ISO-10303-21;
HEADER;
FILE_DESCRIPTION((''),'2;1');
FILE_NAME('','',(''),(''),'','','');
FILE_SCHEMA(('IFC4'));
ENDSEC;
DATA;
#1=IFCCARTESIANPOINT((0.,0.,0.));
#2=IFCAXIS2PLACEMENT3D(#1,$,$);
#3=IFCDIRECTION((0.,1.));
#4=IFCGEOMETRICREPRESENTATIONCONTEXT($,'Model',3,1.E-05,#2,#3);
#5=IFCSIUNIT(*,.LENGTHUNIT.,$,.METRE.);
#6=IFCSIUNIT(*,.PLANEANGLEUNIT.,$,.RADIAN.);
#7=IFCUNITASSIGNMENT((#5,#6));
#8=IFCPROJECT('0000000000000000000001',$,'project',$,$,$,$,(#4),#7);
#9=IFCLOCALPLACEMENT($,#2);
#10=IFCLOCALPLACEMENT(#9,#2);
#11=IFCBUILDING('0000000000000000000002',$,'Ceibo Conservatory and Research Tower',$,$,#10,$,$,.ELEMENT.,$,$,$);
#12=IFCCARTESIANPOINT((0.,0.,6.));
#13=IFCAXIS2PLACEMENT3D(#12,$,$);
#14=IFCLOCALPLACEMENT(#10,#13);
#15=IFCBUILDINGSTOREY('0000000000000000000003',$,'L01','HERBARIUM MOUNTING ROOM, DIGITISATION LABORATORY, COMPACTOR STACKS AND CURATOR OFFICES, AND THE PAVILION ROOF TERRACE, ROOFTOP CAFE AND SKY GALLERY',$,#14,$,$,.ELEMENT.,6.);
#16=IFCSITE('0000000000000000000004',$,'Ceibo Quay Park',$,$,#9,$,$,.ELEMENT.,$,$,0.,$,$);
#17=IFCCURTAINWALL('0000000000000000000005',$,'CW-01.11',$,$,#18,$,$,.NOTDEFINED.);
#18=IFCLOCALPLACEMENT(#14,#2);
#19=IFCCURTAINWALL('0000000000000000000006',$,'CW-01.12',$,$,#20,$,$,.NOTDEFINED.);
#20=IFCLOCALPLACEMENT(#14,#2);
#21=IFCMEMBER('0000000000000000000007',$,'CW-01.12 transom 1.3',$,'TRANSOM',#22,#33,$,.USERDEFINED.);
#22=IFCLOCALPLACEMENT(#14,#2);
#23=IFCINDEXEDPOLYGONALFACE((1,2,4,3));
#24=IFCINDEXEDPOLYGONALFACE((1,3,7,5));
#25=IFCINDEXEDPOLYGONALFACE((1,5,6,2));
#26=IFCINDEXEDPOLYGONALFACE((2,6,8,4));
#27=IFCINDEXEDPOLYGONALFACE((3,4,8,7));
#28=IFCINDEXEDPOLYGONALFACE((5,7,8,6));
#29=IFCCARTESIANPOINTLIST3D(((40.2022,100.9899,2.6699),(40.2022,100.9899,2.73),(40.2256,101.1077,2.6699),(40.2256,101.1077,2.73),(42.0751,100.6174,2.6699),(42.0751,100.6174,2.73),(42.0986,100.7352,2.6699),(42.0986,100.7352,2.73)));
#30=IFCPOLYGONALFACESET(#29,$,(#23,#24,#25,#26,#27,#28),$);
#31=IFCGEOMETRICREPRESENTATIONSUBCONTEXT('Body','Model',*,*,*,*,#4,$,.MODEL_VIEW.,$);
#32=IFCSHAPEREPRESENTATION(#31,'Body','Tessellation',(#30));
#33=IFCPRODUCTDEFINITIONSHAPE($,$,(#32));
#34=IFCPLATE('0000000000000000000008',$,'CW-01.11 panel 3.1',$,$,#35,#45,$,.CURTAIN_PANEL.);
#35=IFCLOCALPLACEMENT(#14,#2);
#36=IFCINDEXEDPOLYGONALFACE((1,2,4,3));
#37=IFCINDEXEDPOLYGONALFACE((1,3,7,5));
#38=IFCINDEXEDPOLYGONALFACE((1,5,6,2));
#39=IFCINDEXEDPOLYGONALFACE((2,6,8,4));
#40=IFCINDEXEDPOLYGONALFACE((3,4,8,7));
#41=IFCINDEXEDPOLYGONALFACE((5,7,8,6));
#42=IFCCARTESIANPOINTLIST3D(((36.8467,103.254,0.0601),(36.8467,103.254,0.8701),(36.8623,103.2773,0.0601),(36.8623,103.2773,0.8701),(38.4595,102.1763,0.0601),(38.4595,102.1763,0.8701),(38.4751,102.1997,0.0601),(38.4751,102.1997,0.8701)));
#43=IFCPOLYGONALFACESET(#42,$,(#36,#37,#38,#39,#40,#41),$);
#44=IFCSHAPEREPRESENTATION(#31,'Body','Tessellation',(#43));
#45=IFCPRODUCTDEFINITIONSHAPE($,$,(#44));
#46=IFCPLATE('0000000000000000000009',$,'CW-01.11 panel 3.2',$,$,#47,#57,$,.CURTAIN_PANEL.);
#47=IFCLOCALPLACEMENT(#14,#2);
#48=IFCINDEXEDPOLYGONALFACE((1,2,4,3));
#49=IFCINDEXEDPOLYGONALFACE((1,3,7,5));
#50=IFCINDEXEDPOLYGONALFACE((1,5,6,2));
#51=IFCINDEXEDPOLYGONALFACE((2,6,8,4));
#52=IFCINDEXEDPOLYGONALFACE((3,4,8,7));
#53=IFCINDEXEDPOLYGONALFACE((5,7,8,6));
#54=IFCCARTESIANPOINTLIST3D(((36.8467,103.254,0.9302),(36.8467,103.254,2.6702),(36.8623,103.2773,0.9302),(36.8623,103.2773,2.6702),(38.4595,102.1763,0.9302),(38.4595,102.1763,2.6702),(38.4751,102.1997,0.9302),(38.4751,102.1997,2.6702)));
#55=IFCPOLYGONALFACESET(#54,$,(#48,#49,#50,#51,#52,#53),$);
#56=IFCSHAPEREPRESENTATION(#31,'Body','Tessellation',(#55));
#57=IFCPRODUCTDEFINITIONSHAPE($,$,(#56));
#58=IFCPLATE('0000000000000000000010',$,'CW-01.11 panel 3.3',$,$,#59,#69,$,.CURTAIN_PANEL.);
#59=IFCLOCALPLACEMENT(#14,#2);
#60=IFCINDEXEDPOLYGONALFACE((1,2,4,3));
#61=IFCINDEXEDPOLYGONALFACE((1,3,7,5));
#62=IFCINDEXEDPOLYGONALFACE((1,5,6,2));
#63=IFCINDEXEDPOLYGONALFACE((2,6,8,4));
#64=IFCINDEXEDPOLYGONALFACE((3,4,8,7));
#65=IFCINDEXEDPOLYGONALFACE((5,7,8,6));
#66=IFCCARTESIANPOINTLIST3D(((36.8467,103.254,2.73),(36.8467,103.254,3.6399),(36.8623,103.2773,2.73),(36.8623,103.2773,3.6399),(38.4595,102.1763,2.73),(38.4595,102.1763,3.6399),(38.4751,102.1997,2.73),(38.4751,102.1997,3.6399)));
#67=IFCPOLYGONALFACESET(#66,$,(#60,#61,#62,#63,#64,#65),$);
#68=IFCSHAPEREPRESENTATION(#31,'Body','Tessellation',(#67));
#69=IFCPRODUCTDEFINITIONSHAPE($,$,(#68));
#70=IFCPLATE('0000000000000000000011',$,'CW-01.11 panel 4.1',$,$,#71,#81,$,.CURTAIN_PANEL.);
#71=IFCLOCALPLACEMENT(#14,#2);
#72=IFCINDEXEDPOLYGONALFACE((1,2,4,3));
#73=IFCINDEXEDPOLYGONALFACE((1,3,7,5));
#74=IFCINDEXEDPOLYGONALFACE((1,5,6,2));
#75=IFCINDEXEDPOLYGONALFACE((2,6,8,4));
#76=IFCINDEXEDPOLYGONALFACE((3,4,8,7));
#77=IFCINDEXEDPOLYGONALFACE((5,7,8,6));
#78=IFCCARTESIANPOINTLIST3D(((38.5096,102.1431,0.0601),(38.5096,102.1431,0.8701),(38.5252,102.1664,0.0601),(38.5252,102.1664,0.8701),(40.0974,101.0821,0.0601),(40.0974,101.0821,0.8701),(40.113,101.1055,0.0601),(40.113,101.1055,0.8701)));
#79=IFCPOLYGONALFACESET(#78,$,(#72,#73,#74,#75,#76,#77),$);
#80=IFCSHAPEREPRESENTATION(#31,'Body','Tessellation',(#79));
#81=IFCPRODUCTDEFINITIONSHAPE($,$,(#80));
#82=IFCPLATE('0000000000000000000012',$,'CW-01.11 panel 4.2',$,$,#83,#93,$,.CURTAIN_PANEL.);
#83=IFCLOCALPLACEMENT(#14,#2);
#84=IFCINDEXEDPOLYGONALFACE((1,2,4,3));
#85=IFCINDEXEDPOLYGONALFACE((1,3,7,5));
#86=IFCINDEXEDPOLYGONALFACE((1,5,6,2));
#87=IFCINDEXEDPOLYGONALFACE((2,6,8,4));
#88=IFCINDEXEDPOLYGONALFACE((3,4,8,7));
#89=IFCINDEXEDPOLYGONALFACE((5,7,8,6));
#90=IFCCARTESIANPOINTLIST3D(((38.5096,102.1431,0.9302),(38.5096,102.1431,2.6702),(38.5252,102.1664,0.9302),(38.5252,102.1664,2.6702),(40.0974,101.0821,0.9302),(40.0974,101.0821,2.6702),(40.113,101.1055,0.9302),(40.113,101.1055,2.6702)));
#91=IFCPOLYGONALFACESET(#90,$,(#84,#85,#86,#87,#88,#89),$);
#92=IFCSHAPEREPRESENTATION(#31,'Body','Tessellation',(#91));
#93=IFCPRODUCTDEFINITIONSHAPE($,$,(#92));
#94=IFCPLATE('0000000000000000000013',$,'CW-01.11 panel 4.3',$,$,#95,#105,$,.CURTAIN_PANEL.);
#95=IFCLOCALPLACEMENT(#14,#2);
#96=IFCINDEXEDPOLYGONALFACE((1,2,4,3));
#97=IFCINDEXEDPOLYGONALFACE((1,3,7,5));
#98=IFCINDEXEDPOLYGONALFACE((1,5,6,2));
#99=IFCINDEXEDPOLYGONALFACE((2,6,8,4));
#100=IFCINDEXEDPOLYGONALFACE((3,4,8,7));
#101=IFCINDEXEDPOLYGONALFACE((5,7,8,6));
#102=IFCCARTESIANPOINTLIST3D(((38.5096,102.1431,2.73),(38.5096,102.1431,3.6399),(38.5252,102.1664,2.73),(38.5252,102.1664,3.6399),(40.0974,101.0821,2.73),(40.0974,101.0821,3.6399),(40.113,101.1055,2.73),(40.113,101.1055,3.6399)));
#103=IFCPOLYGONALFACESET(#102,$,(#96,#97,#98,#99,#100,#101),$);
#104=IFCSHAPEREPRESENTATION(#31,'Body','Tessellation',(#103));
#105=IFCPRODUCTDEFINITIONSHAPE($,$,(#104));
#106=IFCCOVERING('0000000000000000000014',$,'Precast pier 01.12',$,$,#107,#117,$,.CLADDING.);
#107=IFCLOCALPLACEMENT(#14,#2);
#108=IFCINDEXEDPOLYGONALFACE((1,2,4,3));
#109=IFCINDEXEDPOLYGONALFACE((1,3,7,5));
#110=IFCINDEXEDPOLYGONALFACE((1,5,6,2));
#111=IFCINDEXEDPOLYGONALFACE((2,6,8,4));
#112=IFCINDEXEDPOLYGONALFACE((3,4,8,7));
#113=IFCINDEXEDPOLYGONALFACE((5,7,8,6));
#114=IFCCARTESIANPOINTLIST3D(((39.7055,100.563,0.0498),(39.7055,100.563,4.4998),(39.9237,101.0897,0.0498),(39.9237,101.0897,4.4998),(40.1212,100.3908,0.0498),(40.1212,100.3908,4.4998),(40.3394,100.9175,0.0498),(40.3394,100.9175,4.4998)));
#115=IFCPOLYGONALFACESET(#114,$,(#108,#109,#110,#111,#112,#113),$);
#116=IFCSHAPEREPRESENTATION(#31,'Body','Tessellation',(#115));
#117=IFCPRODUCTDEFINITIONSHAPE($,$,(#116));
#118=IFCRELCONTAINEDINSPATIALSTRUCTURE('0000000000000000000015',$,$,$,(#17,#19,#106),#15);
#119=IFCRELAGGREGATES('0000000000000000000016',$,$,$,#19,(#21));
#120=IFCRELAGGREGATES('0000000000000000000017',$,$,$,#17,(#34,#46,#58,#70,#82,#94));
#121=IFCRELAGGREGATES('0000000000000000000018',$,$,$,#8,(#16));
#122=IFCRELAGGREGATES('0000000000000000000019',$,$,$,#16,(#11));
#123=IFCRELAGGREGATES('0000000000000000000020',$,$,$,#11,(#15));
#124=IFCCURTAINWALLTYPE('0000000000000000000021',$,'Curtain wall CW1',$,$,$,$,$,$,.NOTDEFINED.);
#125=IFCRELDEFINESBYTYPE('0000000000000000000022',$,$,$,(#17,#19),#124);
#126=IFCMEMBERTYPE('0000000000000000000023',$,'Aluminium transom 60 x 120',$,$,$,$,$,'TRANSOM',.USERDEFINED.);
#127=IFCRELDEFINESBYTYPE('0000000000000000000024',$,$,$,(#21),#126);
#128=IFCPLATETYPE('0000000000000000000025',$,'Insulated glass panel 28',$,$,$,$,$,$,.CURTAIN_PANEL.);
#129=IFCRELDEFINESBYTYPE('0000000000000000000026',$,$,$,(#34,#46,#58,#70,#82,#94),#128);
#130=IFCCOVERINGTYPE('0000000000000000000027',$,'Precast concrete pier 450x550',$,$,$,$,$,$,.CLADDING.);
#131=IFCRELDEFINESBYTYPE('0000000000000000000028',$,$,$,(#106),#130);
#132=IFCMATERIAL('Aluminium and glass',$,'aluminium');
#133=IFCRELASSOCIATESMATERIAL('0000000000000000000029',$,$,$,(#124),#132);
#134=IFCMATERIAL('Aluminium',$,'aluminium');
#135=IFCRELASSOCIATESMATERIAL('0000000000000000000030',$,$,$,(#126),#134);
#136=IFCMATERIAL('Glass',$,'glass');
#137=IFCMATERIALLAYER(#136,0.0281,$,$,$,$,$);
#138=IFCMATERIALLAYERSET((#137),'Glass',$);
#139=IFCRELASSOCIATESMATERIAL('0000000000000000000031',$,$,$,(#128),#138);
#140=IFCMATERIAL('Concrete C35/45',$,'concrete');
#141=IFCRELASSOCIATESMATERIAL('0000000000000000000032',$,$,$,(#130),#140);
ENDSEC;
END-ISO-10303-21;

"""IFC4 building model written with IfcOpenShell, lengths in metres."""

from ifc_helpers import new_model, si_unit, direction, frame, origin, origin_2d, place, context, subcontext, project, spatial, rectangle, extrude, material, layer, layer_set, material_profile, profile_set, type_object, element, aggregate, save


model = new_model("IFC4")

# Units and contexts
model_context = context("Model", 3, precision=1e-05, world=origin(), true_north=direction((0.0, 1.0)))
body_context = subcontext(model_context, "Body", "Model", "MODEL_VIEW")
ifc_project = project(units=[si_unit("LENGTHUNIT", "METRE"), si_unit("PLANEANGLEUNIT", "RADIAN")], contexts=[model_context])

# Site, building, storey
site_placement = place(None, origin())
site = spatial("IfcSite", under=ifc_project, at=site_placement, Name="Ceibo Quay Park", CompositionType="ELEMENT", RefElevation=0.0)
building_placement = place(site_placement, origin())
building = spatial("IfcBuilding", under=site, at=building_placement, Name="Ceibo Conservatory and Research Tower", CompositionType="ELEMENT")
storey_placement = place(building_placement, frame((0.0, 0.0, 6.0)))
storey = spatial("IfcBuildingStorey", under=building, at=storey_placement, Name="L01", Description="HERBARIUM MOUNTING ROOM, DIGITISATION LABORATORY, COMPACTOR STACKS AND CURATOR OFFICES, AND THE PAVILION ROOF TERRACE, ROOFTOP CAFE AND SKY GALLERY", CompositionType="ELEMENT", Elevation=6.0)

# Curtain wall
ifc_material_1 = material(Name="Aluminium and glass", Category="aluminium")
curtain_wall_type = type_object("IfcCurtainWallType", Name="Curtain wall CW1", PredefinedType="NOTDEFINED", material=ifc_material_1)
curtain_wall_1_placement = place(storey_placement, origin())
curtain_wall_1 = element("IfcCurtainWall", 1, at=curtain_wall_1_placement, inside=storey, type_object=curtain_wall_type, Name="CW-01.11", PredefinedType="NOTDEFINED")
ifc_material_2 = material(Name="Aluminium", Category="aluminium")

# Curtain wall
curtain_wall_2_placement = place(storey_placement, origin())
curtain_wall_2 = element("IfcCurtainWall", 2, at=curtain_wall_2_placement, inside=storey, type_object=curtain_wall_type, Name="CW-01.12", PredefinedType="NOTDEFINED")

# Member
ifc_material_profile_1 = material_profile(ifc_material_2, rectangle(XDim=0.1201, YDim=0.0601, at=origin_2d()), Name="Aluminium 60 x 120")
ifc_profile_set_1 = profile_set([ifc_material_profile_1], Name="Aluminium")
member_type_1 = type_object("IfcMemberType", Name="Aluminium transom 60 x 120", ElementType="TRANSOM", PredefinedType="USERDEFINED", material=ifc_profile_set_1)
member_1_placement = place(storey_placement, frame((40.2139, 101.0488, 2.7), z_axis=(0.980787, -0.195083, 0.0), x_axis=(0.195083, 0.980787, 0.0)))
member_1 = element("IfcMember", 3, at=member_1_placement, type_object=member_type_1, Name="CW-01.12 transom 1.3", ObjectType="TRANSOM", PredefinedType="USERDEFINED", context=body_context, shape_type="SweptSolid", body=[
    extrude(rectangle(XDim=0.1201, YDim=0.0601, at=origin_2d()), origin(), (0.0, 0.0, 1.0), 1.9097),
])
aggregate(curtain_wall_2, [member_1])

# Plates
ifc_material_3 = material(Name="Glass", Category="glass")
ifc_layer = layer(ifc_material_3, 0.0281)
ifc_layer_set = layer_set([ifc_layer], Name="Glass")
plate_type = type_object("IfcPlateType", Name="Insulated glass panel 28", PredefinedType="CURTAIN_PANEL", material=ifc_layer_set)
plate_1_placement = place(storey_placement, frame((37.6609, 102.7268, 0.0601), z_axis=(0.0, 0.0, 1.0), x_axis=(0.83147, -0.55557, 0.0)))
plate_1 = element("IfcPlate", 4, at=plate_1_placement, type_object=plate_type, Name="CW-01.11 panel 3.1", PredefinedType="CURTAIN_PANEL", context=body_context, shape_type="SweptSolid", body=[
    extrude(rectangle(XDim=1.9397, YDim=0.0281, at=origin_2d()), origin(), (0.0, 0.0, 1.0), 0.8101),
])
plate_2_placement = place(storey_placement, frame((37.6609, 102.7268, 0.9302), z_axis=(0.0, 0.0, 1.0), x_axis=(0.83147, -0.55557, 0.0)))
plate_2 = element("IfcPlate", 5, at=plate_2_placement, type_object=plate_type, Name="CW-01.11 panel 3.2", PredefinedType="CURTAIN_PANEL", context=body_context, shape_type="SweptSolid", body=[
    extrude(rectangle(XDim=1.9397, YDim=0.0281, at=origin_2d()), origin(), (0.0, 0.0, 1.0), 1.74),
])
plate_3_placement = place(storey_placement, frame((37.6609, 102.7268, 2.73), z_axis=(0.0, 0.0, 1.0), x_axis=(0.83147, -0.55557, 0.0)))
plate_3 = element("IfcPlate", 6, at=plate_3_placement, type_object=plate_type, Name="CW-01.11 panel 3.3", PredefinedType="CURTAIN_PANEL", context=body_context, shape_type="SweptSolid", body=[
    extrude(rectangle(XDim=1.9397, YDim=0.0281, at=origin_2d()), origin(), (0.0, 0.0, 1.0), 0.9099),
])
plate_4_placement = place(storey_placement, frame((39.3113, 101.6243, 0.0601), z_axis=(0.0, 0.0, 1.0), x_axis=(0.83147, -0.55557, 0.0)))
plate_4 = element("IfcPlate", 7, at=plate_4_placement, type_object=plate_type, Name="CW-01.11 panel 4.1", PredefinedType="CURTAIN_PANEL", context=body_context, shape_type="SweptSolid", body=[
    extrude(rectangle(XDim=1.9097, YDim=0.0281, at=origin_2d()), origin(), (0.0, 0.0, 1.0), 0.8101),
])
plate_5_placement = place(storey_placement, frame((39.3113, 101.6243, 0.9302), z_axis=(0.0, 0.0, 1.0), x_axis=(0.83147, -0.55557, 0.0)))
plate_5 = element("IfcPlate", 8, at=plate_5_placement, type_object=plate_type, Name="CW-01.11 panel 4.2", PredefinedType="CURTAIN_PANEL", context=body_context, shape_type="SweptSolid", body=[
    extrude(rectangle(XDim=1.9097, YDim=0.0281, at=origin_2d()), origin(), (0.0, 0.0, 1.0), 1.74),
])
plate_6_placement = place(storey_placement, frame((39.3113, 101.6243, 2.73), z_axis=(0.0, 0.0, 1.0), x_axis=(0.83147, -0.55557, 0.0)))
plate_6 = element("IfcPlate", 9, at=plate_6_placement, type_object=plate_type, Name="CW-01.11 panel 4.3", PredefinedType="CURTAIN_PANEL", context=body_context, shape_type="SweptSolid", body=[
    extrude(rectangle(XDim=1.9097, YDim=0.0281, at=origin_2d()), origin(), (0.0, 0.0, 1.0), 0.9099),
])
aggregate(curtain_wall_1, [plate_1, plate_2, plate_3, plate_4, plate_5, plate_6])

# Covering
ifc_material_4 = material(Name="Concrete C35/45", Category="concrete")
covering_type = type_object("IfcCoveringType", Name="Precast concrete pier 450x550", PredefinedType="CLADDING", material=ifc_material_4)
covering_placement = place(storey_placement, frame((40.0225, 100.7402, 0.0498), z_axis=(0.0, 0.0, 1.0), x_axis=(-0.382683, -0.92388, 0.0)))
element("IfcCovering", 10, at=covering_placement, inside=storey, type_object=covering_type, Name="Precast pier 01.12", PredefinedType="CLADDING", context=body_context, shape_type="SweptSolid", body=[
    extrude(rectangle(XDim=0.5701, YDim=0.45, at=origin_2d()), origin(), (0.0, 0.0, 1.0), 4.45),
])

save(model, "model.ifc")
